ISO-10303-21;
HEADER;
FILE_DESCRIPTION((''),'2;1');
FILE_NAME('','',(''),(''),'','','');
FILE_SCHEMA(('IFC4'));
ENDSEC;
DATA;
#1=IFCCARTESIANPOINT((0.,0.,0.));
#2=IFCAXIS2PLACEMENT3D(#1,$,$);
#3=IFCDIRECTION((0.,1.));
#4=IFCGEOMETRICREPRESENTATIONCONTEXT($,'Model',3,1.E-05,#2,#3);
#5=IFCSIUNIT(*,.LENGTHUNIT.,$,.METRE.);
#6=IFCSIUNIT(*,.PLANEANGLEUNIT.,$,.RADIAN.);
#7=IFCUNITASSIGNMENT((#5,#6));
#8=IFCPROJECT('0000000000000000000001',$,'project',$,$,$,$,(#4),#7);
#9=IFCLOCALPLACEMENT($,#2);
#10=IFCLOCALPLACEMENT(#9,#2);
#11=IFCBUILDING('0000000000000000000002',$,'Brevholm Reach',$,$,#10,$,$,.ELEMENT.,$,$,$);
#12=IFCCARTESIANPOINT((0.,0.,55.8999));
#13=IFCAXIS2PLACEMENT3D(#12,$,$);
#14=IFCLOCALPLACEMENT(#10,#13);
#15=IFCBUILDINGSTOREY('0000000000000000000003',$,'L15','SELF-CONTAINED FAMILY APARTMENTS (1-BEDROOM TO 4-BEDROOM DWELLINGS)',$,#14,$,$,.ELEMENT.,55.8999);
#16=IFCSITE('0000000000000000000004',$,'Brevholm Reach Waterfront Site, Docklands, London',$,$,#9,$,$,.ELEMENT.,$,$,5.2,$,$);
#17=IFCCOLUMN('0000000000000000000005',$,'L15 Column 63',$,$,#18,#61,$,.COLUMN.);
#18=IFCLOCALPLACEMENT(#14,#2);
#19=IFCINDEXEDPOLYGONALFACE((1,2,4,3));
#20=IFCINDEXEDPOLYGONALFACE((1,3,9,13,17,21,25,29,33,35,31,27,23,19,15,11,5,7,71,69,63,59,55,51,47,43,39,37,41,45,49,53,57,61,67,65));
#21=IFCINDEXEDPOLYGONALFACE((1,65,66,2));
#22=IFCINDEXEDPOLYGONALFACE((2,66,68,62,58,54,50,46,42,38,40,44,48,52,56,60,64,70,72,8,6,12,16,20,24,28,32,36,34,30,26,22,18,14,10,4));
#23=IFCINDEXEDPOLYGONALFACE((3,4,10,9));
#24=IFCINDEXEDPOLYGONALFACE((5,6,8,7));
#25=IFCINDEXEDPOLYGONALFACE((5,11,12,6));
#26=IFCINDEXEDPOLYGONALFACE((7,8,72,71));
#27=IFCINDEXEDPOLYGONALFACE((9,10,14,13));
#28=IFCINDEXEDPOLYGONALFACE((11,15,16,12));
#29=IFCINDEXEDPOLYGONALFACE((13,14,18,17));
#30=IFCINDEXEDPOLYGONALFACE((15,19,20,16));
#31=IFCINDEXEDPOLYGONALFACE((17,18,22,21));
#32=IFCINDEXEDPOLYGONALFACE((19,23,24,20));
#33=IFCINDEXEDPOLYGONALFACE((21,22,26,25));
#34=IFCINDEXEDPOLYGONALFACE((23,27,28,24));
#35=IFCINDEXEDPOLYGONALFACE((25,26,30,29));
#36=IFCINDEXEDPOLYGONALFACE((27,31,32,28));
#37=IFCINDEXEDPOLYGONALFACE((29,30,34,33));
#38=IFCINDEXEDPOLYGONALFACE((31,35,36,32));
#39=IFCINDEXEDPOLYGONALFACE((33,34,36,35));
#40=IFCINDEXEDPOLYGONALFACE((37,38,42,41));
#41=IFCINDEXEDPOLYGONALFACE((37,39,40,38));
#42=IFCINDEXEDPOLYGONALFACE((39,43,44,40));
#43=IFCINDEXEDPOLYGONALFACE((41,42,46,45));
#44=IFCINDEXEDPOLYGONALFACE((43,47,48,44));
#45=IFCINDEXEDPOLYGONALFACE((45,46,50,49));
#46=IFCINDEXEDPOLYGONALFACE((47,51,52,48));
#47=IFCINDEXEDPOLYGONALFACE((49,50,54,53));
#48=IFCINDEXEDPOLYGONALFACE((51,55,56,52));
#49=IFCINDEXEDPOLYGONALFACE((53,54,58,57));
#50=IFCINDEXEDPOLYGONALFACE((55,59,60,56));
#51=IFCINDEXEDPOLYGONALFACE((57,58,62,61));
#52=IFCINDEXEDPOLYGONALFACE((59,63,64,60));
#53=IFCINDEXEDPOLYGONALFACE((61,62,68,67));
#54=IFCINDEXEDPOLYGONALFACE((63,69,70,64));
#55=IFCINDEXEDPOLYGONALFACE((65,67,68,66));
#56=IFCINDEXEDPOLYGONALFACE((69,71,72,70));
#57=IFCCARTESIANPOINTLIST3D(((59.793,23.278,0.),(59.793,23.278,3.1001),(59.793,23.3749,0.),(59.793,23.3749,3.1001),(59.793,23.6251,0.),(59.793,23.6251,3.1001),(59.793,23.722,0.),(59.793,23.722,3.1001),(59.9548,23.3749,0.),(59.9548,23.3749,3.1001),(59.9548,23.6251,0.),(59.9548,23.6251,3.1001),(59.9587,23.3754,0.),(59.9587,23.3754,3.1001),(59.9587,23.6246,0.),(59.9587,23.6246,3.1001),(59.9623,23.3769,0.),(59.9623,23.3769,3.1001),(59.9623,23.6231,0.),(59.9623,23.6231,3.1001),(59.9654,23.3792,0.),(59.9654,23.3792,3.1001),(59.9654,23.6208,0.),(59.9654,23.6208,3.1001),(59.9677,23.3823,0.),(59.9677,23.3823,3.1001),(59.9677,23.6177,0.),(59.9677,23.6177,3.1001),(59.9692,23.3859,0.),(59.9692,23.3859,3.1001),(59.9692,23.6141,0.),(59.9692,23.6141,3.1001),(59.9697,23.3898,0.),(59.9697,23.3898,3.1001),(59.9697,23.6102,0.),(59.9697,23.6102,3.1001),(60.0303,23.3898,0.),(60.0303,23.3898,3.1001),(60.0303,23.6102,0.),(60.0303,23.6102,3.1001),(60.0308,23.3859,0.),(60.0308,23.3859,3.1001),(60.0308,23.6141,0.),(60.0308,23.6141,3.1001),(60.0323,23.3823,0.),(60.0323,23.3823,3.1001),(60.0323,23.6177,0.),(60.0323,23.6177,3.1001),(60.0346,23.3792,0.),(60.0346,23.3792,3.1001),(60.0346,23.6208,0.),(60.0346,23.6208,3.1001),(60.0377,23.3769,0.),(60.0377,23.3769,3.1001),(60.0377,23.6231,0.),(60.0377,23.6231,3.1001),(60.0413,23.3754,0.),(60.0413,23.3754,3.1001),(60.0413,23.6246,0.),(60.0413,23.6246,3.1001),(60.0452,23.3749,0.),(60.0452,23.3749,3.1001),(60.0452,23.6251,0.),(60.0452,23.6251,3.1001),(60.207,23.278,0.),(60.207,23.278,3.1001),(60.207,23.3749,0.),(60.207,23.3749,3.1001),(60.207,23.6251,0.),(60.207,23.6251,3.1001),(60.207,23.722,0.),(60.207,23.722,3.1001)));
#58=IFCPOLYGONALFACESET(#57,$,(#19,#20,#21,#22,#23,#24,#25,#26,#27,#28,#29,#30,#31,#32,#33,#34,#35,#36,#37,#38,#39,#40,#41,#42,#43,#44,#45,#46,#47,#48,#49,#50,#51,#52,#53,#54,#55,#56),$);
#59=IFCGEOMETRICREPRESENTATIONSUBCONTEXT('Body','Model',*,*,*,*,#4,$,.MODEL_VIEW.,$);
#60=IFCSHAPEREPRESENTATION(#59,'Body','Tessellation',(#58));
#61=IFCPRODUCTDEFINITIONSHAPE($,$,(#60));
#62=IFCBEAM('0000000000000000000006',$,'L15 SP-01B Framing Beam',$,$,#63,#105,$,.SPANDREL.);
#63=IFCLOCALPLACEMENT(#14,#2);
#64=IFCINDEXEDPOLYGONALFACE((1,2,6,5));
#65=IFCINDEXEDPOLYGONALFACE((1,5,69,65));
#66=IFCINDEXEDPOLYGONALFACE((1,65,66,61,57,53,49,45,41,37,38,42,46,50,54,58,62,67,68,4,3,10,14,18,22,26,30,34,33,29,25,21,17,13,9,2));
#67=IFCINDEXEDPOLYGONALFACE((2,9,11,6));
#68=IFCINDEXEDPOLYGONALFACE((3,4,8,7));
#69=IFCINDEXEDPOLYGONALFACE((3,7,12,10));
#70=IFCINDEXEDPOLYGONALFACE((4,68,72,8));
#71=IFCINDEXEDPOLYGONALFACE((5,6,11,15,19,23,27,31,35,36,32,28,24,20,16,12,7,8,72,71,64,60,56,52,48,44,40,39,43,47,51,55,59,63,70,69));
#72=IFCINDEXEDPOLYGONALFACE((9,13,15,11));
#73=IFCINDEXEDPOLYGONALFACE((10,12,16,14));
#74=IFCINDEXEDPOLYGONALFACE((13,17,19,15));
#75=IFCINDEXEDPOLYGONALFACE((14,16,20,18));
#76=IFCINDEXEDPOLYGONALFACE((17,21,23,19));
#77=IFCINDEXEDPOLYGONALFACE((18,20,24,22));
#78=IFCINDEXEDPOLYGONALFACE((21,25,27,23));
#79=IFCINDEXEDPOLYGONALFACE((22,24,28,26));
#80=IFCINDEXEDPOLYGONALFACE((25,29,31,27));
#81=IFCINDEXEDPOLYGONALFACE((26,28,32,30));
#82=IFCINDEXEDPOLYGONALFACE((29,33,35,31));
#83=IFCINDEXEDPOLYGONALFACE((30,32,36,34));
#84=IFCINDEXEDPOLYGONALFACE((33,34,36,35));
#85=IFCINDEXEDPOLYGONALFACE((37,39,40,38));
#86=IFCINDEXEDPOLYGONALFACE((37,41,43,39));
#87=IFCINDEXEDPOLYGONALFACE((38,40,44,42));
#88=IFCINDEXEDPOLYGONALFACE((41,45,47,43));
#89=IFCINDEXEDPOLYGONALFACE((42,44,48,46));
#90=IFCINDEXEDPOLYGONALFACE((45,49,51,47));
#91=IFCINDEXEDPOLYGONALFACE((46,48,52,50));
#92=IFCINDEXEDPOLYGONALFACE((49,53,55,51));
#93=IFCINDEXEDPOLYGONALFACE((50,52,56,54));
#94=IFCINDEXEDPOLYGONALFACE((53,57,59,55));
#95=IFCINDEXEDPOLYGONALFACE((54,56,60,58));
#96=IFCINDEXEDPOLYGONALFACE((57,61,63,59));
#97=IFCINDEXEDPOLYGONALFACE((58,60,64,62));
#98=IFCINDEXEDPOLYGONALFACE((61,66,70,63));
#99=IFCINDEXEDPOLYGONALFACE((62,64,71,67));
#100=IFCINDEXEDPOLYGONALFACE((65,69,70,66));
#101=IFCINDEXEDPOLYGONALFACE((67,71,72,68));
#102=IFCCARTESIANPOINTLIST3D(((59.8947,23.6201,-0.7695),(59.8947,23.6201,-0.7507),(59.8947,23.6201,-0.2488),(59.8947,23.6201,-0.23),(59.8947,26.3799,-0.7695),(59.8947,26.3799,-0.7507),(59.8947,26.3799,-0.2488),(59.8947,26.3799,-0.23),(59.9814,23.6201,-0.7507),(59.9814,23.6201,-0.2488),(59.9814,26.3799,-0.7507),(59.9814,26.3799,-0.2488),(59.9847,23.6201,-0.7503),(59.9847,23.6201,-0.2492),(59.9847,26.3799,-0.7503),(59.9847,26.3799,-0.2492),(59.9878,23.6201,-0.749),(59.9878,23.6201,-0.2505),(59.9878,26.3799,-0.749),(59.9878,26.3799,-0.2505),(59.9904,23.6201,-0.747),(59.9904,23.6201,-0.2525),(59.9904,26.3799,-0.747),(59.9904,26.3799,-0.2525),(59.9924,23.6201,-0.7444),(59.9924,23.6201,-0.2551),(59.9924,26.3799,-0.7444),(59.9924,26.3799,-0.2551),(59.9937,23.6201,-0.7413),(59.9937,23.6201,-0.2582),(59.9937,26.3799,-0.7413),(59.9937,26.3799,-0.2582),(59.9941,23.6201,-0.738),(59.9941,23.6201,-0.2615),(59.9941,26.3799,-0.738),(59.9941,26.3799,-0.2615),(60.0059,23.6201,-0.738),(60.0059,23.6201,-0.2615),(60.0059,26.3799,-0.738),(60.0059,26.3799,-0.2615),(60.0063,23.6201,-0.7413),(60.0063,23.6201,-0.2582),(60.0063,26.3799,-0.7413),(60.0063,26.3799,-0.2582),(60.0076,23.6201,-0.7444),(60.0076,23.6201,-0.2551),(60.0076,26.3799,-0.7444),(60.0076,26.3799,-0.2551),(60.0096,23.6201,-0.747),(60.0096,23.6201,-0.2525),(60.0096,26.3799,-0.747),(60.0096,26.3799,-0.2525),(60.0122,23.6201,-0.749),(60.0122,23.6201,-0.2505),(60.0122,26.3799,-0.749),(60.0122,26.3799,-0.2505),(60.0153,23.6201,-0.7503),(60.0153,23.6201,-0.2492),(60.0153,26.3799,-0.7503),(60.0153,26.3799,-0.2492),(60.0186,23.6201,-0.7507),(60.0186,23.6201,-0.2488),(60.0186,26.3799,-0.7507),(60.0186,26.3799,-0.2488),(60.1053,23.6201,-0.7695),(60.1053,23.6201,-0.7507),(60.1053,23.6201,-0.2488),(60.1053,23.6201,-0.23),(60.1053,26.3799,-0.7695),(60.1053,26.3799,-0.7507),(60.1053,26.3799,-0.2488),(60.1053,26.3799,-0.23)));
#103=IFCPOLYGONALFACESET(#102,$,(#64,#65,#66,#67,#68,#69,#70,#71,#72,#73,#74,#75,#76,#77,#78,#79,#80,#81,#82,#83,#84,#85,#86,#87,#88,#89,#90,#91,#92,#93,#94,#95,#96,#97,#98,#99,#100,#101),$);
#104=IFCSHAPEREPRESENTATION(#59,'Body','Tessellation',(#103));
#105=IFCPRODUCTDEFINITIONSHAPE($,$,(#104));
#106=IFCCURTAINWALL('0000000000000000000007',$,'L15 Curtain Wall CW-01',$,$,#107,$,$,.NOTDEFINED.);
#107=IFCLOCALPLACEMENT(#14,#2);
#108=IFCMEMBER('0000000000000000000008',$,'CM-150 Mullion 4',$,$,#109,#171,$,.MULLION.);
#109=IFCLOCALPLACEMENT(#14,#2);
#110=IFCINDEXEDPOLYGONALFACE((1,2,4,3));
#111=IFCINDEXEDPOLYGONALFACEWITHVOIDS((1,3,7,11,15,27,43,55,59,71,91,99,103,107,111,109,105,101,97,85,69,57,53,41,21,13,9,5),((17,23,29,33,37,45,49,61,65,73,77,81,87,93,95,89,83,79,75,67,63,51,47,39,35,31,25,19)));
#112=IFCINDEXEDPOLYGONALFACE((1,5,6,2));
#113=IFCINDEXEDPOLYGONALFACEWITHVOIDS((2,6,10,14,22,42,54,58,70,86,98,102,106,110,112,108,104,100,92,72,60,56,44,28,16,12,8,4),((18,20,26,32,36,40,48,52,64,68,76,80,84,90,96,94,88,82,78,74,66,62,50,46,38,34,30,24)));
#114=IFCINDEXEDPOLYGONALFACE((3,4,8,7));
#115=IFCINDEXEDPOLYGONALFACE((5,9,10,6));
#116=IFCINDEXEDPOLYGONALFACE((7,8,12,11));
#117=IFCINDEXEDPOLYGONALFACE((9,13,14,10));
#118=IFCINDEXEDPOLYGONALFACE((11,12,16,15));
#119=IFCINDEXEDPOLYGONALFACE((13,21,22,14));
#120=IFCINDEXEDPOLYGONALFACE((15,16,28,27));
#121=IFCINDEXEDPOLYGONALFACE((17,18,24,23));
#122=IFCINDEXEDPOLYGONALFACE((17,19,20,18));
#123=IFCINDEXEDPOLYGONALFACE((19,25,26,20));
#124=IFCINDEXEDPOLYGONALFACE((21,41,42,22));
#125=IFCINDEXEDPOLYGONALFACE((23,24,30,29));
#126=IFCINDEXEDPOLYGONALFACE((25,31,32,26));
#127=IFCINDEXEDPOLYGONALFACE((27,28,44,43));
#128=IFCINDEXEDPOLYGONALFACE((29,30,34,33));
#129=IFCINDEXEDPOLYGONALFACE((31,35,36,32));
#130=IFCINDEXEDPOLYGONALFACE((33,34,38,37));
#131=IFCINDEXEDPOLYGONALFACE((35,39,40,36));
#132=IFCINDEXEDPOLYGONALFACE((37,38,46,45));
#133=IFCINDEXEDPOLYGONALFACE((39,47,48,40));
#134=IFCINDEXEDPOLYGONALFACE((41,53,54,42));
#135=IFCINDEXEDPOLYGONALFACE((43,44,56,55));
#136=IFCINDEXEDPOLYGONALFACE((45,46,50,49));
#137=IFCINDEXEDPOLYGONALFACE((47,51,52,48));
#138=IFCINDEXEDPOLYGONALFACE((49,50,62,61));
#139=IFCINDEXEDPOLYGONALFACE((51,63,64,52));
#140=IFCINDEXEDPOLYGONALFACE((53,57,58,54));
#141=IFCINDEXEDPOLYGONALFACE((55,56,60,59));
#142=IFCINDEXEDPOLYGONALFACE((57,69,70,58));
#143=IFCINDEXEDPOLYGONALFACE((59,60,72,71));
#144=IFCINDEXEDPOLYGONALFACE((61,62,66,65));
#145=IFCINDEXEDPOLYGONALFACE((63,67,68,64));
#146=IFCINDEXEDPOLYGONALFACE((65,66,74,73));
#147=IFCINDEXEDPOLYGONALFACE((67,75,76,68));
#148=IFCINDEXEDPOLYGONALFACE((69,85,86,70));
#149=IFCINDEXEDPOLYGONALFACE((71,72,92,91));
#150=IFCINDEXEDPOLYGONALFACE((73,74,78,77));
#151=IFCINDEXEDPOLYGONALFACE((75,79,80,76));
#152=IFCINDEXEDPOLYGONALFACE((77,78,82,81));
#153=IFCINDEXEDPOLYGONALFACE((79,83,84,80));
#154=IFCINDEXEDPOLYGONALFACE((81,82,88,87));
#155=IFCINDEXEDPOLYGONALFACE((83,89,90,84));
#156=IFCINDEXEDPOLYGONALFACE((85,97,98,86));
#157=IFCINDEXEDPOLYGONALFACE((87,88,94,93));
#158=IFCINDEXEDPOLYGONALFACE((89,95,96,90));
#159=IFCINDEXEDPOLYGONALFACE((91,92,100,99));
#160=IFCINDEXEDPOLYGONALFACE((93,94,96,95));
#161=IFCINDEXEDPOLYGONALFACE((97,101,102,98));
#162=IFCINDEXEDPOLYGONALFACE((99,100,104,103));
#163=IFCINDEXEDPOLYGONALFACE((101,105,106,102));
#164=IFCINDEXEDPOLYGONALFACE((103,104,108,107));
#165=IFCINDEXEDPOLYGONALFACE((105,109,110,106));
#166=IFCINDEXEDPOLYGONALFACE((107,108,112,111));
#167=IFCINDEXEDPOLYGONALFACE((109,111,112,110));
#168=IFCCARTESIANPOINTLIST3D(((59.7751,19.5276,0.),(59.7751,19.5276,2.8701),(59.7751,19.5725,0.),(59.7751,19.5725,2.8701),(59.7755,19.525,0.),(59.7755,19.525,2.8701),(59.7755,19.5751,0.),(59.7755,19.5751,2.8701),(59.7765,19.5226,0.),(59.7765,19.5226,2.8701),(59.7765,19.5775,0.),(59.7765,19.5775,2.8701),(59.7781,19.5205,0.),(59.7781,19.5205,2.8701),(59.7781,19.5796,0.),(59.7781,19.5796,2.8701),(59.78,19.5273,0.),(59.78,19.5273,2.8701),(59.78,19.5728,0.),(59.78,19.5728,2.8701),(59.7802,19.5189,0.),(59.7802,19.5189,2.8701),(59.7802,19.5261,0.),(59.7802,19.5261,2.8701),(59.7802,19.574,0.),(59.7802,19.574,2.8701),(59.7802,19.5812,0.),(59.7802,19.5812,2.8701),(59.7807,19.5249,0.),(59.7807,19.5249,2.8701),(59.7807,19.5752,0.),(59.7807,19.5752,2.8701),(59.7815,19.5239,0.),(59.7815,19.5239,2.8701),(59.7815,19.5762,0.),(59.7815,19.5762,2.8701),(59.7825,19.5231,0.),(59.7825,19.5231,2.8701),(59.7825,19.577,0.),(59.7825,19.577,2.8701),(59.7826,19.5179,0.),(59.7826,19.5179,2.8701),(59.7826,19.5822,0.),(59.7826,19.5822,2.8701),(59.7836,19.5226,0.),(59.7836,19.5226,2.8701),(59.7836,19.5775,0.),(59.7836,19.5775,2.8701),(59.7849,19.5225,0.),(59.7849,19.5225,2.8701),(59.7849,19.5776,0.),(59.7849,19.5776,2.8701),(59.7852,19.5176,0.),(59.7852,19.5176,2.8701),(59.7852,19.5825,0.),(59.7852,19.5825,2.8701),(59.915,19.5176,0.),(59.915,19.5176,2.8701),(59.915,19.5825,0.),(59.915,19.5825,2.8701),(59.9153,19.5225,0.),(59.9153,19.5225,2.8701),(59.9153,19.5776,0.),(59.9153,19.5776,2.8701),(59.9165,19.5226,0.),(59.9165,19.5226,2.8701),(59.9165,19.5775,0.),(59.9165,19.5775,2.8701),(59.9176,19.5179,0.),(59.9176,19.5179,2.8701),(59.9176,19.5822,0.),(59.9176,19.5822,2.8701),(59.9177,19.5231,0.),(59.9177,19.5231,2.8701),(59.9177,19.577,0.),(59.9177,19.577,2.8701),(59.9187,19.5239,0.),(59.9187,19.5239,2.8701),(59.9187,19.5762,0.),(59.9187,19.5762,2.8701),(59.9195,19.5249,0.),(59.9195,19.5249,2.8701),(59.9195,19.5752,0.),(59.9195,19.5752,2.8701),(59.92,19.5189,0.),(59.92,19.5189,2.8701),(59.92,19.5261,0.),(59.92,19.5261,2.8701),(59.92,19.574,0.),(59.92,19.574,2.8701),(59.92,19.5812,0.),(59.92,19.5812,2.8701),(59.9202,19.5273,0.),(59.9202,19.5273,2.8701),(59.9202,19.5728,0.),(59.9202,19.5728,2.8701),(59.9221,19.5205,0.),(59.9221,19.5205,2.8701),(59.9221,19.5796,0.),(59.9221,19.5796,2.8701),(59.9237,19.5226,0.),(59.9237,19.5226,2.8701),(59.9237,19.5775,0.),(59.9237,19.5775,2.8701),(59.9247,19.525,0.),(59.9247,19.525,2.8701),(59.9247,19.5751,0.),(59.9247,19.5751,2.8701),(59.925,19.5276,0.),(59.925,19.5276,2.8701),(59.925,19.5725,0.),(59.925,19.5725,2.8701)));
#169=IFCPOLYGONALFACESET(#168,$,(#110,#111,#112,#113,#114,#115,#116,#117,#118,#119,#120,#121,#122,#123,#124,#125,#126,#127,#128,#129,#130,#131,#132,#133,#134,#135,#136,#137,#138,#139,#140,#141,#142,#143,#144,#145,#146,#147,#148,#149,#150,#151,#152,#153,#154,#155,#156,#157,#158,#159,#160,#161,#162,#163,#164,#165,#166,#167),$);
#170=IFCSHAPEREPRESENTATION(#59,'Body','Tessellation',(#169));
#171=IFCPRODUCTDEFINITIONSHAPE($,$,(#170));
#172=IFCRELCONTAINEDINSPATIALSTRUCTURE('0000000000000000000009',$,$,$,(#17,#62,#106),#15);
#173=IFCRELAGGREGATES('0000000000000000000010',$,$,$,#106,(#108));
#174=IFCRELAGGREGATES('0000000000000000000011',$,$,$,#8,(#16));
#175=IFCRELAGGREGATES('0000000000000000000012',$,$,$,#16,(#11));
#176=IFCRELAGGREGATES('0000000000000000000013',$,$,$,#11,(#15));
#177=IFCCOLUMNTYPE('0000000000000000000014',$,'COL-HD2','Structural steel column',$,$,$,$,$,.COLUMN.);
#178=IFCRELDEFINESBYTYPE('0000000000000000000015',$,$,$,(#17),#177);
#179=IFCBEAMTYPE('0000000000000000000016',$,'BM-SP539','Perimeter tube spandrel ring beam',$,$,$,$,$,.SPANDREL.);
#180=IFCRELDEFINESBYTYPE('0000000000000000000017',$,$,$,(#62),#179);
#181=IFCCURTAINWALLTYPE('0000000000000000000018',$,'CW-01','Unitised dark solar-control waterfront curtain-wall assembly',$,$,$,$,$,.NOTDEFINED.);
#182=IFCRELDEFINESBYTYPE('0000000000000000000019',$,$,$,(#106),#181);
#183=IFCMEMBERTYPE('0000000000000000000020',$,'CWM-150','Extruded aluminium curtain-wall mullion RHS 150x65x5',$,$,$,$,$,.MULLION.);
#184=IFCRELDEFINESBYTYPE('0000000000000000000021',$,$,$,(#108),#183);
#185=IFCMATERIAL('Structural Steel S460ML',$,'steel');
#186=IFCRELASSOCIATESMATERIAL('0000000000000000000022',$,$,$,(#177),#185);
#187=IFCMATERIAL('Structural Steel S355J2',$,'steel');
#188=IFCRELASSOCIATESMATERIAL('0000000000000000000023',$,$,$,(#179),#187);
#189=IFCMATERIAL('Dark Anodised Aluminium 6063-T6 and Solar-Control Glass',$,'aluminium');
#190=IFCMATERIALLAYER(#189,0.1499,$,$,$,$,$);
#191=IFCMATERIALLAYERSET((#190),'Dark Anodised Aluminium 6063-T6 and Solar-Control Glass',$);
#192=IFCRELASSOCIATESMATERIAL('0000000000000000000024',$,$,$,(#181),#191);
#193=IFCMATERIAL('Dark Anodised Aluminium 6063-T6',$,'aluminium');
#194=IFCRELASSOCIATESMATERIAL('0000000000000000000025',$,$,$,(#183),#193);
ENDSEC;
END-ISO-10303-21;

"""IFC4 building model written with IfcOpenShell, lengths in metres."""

from ifc_helpers import new_model, si_unit, direction, frame, origin, origin_2d, place, context, subcontext, project, spatial, hollow_rectangle, i_section, extrude, material, layer, layer_set, material_profile, profile_set, type_object, element, aggregate, save


model = new_model("IFC4")

# Units and contexts
model_context = context("Model", 3, precision=1e-05, world=origin(), true_north=direction((0.0, 1.0)))
body_context = subcontext(model_context, "Body", "Model", "MODEL_VIEW")
ifc_project = project(units=[si_unit("LENGTHUNIT", "METRE"), si_unit("PLANEANGLEUNIT", "RADIAN")], contexts=[model_context])

# Site, building, storey
site_placement = place(None, origin())
site = spatial("IfcSite", under=ifc_project, at=site_placement, Name="Brevholm Reach Waterfront Site, Docklands, London", CompositionType="ELEMENT", RefElevation=5.2)
building_placement = place(site_placement, origin())
building = spatial("IfcBuilding", under=site, at=building_placement, Name="Brevholm Reach", CompositionType="ELEMENT")
storey_placement = place(building_placement, frame((0.0, 0.0, 55.8999)))
storey = spatial("IfcBuildingStorey", under=building, at=storey_placement, Name="L15", Description="SELF-CONTAINED FAMILY APARTMENTS (1-BEDROOM TO 4-BEDROOM DWELLINGS)", CompositionType="ELEMENT", Elevation=55.8999)

# Column
ifc_material_1 = material(Name="Structural Steel S460ML", Category="steel")
ifc_material_profile_1 = material_profile(ifc_material_1, i_section(OverallWidth=0.4141, OverallDepth=0.4441, WebThickness=0.0605, FlangeThickness=0.0969, FilletRadius=0.0149, at=origin_2d()), Name="HD 400x818")
ifc_profile_set_1 = profile_set([ifc_material_profile_1], Name="Structural Steel S460ML")
column_type = type_object("IfcColumnType", Name="COL-HD2", Description="Structural steel column", PredefinedType="COLUMN", material=ifc_profile_set_1)
column_placement = place(storey_placement, frame((60.0, 23.5, 0.0), z_axis=(0.0, 0.0, 1.0), x_axis=(1.0, 0.0, 0.0)))
element("IfcColumn", 1, at=column_placement, inside=storey, type_object=column_type, Name="L15 Column 63", PredefinedType="COLUMN", context=body_context, shape_type="SweptSolid", body=[
    extrude(i_section(OverallWidth=0.4141, OverallDepth=0.4441, WebThickness=0.0605, FlangeThickness=0.0969, FilletRadius=0.0149, at=origin_2d()), origin(), (0.0, 0.0, 1.0), 3.1001),
])

# Beam
ifc_material_2 = material(Name="Structural Steel S355J2", Category="steel")
ifc_material_profile_2 = material_profile(ifc_material_2, i_section(OverallWidth=0.2107, OverallDepth=0.5396, WebThickness=0.0117, FlangeThickness=0.0188, FilletRadius=0.0127, at=origin_2d()), Name="UKB 533x210x109")
ifc_profile_set_2 = profile_set([ifc_material_profile_2], Name="Structural Steel S355J2")
beam_type = type_object("IfcBeamType", Name="BM-SP539", Description="Perimeter tube spandrel ring beam", PredefinedType="SPANDREL", material=ifc_profile_set_2)
beam_placement = place(storey_placement, frame((60.0, 23.6201, -0.4998), z_axis=(0.0, 1.0, 0.0), x_axis=(-1.0, 0.0, 0.0)))
element("IfcBeam", 2, at=beam_placement, inside=storey, type_object=beam_type, Name="L15 SP-01B Framing Beam", PredefinedType="SPANDREL", context=body_context, shape_type="SweptSolid", body=[
    extrude(i_section(OverallWidth=0.2107, OverallDepth=0.5396, WebThickness=0.0117, FlangeThickness=0.0188, FilletRadius=0.0127, at=origin_2d()), origin(), (0.0, 0.0, 1.0), 2.7598),
])

# Curtain wall, member
ifc_material_3 = material(Name="Dark Anodised Aluminium 6063-T6 and Solar-Control Glass", Category="aluminium")
ifc_layer_1 = layer(ifc_material_3, 0.1499)
ifc_layer_set_1 = layer_set([ifc_layer_1], Name="Dark Anodised Aluminium 6063-T6 and Solar-Control Glass")
curtain_wall_type = type_object("IfcCurtainWallType", Name="CW-01", Description="Unitised dark solar-control waterfront curtain-wall assembly", PredefinedType="NOTDEFINED", material=ifc_layer_set_1)
curtain_wall_placement = place(storey_placement, origin())
curtain_wall = element("IfcCurtainWall", 3, at=curtain_wall_placement, inside=storey, type_object=curtain_wall_type, Name="L15 Curtain Wall CW-01", PredefinedType="NOTDEFINED")
ifc_material_4 = material(Name="Dark Anodised Aluminium 6063-T6", Category="aluminium")
ifc_material_profile_3 = material_profile(ifc_material_4, hollow_rectangle(XDim=0.0649, YDim=0.1499, WallThickness=0.0049, InnerFilletRadius=0.0049, OuterFilletRadius=0.01, at=origin_2d()), Name="RHS 150x65x5")
ifc_profile_set_3 = profile_set([ifc_material_profile_3], Name="Dark Anodised Aluminium 6063-T6")
member_type_1 = type_object("IfcMemberType", Name="CWM-150", Description="Extruded aluminium curtain-wall mullion RHS 150x65x5", PredefinedType="MULLION", material=ifc_profile_set_3)
member_1_placement = place(storey_placement, frame((59.8501, 19.55, 0.0), z_axis=(0.0, 0.0, 1.0), x_axis=(0.0, 1.0, 0.0)))
member_1 = element("IfcMember", 4, at=member_1_placement, type_object=member_type_1, Name="CM-150 Mullion 4", PredefinedType="MULLION", context=body_context, shape_type="SweptSolid", body=[
    extrude(hollow_rectangle(XDim=0.0649, YDim=0.1499, WallThickness=0.0049, InnerFilletRadius=0.0049, OuterFilletRadius=0.01, at=origin_2d()), origin(), (0.0, 0.0, 1.0), 2.8701),
])
aggregate(curtain_wall, [member_1])

save(model, "model.ifc")
